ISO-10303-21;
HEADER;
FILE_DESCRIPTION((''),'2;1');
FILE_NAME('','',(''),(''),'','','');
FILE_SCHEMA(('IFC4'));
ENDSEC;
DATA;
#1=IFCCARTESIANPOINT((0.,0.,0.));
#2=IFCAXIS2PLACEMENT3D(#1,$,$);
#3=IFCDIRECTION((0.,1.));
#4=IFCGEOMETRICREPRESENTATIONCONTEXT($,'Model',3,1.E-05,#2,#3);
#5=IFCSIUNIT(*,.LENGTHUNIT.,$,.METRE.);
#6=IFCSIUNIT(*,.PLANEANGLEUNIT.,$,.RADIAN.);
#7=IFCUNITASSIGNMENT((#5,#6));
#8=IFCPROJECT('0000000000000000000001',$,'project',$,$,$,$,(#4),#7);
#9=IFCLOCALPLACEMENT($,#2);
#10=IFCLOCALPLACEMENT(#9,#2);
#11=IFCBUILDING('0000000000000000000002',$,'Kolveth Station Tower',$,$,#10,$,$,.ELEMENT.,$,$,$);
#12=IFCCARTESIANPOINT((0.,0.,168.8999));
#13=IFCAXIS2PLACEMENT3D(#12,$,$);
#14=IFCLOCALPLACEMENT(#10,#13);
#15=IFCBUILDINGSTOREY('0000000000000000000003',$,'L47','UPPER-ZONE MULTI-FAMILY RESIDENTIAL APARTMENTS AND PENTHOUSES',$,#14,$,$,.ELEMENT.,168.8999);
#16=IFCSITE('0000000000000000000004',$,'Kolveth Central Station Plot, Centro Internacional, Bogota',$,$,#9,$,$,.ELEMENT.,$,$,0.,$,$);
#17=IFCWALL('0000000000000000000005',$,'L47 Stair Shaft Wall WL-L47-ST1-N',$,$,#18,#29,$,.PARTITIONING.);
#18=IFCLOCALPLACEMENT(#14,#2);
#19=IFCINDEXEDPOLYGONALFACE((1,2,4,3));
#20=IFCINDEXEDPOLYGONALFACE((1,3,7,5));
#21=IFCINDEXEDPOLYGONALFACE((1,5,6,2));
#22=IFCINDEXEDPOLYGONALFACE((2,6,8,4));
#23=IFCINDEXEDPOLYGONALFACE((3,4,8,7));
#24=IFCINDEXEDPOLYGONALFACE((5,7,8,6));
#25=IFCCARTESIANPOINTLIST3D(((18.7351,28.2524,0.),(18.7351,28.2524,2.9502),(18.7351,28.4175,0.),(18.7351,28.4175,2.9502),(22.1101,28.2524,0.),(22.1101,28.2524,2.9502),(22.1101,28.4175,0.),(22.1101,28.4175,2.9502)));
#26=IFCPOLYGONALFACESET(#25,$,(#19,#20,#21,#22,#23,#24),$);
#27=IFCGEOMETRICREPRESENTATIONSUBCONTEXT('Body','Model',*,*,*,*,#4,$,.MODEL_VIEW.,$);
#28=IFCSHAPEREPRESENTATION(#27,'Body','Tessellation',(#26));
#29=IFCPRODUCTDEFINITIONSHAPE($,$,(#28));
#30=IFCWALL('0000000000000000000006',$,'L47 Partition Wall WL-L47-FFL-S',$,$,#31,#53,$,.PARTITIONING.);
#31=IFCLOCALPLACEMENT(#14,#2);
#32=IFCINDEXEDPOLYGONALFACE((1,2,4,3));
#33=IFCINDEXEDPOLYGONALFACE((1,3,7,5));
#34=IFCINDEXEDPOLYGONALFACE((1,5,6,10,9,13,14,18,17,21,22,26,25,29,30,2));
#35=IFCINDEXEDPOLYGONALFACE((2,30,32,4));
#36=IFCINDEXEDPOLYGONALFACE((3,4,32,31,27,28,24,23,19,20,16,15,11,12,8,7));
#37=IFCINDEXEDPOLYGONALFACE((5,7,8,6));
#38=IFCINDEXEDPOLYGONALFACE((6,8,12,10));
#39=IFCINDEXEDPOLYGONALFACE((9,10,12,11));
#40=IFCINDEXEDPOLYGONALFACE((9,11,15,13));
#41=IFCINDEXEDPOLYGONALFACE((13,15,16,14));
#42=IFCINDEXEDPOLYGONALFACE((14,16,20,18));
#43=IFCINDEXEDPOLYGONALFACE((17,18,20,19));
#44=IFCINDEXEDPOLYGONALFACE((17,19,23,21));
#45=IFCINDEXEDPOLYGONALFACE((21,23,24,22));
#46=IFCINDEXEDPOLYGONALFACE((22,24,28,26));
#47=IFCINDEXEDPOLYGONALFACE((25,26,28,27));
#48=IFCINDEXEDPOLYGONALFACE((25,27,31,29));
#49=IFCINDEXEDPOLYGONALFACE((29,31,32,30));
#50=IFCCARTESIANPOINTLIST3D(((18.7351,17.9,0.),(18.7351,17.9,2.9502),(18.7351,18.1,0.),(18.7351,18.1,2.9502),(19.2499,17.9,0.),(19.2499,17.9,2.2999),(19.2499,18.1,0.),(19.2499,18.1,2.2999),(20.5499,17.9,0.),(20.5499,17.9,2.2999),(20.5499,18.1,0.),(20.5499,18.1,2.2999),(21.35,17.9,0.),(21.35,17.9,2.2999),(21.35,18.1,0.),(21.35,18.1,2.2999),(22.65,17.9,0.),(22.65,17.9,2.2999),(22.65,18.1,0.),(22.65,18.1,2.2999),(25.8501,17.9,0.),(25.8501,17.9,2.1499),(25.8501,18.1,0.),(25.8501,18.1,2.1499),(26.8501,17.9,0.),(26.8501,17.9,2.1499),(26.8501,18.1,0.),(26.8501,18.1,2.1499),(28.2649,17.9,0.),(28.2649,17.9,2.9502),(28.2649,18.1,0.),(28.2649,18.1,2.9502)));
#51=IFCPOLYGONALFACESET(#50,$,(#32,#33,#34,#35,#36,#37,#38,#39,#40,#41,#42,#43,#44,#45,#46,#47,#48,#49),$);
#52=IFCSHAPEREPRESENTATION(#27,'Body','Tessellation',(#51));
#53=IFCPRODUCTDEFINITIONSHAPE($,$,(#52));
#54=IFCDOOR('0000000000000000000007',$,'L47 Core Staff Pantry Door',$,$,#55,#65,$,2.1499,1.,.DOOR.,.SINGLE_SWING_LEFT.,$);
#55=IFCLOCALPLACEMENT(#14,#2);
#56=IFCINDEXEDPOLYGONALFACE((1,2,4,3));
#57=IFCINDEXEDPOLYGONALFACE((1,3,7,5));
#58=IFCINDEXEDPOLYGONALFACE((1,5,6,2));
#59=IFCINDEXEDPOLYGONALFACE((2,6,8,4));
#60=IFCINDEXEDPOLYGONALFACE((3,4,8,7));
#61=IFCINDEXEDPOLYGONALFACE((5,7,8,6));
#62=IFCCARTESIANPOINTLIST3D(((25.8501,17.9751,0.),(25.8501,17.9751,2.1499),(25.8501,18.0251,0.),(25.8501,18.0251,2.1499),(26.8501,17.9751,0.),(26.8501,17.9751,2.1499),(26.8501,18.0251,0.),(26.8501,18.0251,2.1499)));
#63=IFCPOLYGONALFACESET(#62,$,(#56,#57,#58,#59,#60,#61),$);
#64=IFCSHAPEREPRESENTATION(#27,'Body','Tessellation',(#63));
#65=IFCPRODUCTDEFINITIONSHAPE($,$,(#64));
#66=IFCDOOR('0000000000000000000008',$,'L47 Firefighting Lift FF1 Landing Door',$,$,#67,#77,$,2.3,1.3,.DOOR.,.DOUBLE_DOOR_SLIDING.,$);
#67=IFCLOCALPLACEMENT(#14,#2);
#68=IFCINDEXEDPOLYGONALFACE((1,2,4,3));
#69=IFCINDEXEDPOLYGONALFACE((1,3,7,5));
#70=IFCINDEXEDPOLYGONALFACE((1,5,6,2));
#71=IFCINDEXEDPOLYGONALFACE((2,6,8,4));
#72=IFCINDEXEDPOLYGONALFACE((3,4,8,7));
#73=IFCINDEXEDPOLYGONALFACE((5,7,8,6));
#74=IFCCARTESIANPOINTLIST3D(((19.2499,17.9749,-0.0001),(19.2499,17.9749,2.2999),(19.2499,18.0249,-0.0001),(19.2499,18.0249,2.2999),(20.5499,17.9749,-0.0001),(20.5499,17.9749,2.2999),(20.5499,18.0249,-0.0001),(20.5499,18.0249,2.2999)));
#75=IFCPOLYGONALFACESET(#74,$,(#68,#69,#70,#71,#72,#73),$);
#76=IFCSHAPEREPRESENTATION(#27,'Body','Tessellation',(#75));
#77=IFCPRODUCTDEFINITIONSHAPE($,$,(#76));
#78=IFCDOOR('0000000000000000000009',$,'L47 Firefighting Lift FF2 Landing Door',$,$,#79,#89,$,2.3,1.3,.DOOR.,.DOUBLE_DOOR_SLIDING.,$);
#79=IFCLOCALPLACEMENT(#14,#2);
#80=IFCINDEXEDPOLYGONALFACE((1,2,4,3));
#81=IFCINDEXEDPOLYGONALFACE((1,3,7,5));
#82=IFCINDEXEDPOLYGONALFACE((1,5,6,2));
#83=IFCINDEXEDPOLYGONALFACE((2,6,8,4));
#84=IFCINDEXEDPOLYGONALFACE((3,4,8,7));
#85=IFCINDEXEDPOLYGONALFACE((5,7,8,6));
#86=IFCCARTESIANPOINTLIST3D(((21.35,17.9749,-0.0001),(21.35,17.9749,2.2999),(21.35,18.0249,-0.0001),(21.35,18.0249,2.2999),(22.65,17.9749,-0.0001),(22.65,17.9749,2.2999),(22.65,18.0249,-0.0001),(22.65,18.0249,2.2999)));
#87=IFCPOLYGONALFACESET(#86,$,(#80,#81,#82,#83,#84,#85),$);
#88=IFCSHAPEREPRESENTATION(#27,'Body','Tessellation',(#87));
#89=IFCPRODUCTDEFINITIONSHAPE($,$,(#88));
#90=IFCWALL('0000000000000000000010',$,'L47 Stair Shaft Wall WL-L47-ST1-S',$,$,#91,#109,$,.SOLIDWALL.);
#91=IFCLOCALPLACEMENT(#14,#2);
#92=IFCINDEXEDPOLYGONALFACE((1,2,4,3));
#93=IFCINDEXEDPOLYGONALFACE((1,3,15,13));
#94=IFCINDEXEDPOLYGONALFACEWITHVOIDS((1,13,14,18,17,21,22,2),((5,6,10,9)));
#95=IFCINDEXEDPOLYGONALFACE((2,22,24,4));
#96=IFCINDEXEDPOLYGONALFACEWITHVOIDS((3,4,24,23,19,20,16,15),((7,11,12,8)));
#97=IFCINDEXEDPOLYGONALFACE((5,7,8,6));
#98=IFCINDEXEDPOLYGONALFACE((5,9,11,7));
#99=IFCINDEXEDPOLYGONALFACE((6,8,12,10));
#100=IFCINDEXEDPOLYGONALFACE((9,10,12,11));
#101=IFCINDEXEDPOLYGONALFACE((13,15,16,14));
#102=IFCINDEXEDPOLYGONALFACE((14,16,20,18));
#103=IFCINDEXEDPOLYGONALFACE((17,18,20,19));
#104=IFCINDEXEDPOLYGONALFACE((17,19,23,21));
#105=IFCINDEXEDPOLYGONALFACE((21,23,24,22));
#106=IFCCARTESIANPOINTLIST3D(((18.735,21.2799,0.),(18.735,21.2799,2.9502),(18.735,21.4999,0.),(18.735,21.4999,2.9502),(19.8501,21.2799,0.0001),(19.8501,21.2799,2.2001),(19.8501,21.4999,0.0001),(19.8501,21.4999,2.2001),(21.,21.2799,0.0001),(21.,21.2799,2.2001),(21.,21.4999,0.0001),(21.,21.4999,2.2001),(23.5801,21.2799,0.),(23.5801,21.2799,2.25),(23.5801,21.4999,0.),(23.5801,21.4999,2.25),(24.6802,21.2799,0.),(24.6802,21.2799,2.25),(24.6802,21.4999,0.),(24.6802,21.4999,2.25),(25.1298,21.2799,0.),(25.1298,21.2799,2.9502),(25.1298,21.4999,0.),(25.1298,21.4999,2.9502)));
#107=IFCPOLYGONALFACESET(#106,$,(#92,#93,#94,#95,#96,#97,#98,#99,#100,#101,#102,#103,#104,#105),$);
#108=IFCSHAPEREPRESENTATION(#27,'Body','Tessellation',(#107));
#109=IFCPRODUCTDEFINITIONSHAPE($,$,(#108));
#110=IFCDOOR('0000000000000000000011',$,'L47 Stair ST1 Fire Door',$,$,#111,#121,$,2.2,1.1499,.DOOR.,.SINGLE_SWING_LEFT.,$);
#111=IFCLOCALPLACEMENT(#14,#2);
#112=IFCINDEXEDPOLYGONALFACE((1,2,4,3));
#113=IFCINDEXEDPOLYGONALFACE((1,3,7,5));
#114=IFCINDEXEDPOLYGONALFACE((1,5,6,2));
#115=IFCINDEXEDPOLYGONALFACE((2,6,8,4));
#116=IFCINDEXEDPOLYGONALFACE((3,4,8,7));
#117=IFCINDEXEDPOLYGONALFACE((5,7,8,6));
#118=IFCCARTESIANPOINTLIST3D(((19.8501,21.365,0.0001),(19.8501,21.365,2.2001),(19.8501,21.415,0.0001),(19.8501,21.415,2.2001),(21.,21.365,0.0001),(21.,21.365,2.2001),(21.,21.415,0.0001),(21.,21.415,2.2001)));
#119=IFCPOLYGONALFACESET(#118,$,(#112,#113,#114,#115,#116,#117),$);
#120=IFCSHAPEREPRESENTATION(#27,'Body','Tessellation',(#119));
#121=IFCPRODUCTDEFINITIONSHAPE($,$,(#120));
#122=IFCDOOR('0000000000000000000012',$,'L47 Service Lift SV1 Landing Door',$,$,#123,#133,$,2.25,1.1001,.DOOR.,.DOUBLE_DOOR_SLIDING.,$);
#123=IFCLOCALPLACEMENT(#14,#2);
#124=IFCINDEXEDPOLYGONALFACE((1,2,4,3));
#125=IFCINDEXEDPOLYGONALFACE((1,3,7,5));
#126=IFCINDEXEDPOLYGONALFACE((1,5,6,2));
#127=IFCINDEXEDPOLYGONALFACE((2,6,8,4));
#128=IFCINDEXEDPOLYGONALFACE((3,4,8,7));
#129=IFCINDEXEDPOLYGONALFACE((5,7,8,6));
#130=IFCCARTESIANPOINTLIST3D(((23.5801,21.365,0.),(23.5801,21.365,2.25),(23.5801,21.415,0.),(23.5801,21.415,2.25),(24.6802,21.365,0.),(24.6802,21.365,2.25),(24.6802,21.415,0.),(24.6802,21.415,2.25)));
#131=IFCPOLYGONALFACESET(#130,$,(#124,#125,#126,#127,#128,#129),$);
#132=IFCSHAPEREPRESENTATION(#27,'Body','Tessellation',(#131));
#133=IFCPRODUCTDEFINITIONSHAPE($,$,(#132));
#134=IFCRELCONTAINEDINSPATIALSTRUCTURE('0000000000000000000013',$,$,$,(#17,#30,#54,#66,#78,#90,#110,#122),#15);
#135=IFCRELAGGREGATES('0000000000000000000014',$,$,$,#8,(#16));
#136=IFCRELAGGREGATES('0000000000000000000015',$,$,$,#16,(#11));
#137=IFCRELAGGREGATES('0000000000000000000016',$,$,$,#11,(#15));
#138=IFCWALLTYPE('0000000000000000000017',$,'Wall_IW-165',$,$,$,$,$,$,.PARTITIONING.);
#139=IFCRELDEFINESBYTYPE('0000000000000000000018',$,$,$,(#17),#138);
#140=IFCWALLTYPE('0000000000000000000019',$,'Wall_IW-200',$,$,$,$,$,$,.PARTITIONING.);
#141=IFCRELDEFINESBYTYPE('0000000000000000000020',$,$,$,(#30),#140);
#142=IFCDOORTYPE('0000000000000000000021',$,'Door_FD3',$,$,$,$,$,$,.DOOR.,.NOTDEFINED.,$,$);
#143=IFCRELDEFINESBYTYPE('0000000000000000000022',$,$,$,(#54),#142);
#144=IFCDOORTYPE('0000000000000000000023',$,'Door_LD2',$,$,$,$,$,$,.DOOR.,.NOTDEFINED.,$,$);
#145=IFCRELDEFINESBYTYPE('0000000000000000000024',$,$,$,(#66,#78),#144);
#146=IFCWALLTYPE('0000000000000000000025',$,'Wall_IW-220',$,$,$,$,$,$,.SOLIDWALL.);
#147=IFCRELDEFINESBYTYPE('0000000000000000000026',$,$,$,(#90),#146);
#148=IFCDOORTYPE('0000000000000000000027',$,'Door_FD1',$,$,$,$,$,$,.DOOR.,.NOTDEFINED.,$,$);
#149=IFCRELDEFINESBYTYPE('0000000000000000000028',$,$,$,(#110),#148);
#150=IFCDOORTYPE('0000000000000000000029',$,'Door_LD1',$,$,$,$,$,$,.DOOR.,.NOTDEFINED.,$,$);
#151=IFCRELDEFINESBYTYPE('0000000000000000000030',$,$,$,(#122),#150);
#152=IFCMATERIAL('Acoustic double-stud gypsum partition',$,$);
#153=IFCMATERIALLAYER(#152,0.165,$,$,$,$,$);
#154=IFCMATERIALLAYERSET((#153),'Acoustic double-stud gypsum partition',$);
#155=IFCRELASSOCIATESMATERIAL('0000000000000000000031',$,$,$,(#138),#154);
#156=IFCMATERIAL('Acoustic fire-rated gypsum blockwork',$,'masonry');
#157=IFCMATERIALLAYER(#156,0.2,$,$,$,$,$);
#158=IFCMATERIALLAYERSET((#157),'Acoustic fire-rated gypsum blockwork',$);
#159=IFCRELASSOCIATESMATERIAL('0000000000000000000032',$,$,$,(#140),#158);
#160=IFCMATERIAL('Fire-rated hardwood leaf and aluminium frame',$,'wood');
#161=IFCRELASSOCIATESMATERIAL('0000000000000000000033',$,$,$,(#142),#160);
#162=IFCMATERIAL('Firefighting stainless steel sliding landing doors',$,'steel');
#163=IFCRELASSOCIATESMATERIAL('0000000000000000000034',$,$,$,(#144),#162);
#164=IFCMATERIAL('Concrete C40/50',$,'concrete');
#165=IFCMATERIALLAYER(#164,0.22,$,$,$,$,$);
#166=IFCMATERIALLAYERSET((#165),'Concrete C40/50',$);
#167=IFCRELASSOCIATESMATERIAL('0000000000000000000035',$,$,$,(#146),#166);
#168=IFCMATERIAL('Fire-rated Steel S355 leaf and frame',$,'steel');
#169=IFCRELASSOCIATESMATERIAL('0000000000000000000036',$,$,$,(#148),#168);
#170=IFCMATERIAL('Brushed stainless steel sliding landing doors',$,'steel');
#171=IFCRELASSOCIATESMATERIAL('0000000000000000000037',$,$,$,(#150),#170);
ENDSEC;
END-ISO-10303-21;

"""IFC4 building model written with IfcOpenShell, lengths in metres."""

from ifc_helpers import new_model, si_unit, direction, frame, frame_2d, origin, place, context, subcontext, project, spatial, rectangle, extrude, material, layer, layer_set, type_object, element, fill, save


model = new_model("IFC4")

# Units and contexts
model_context = context("Model", 3, precision=1e-05, world=origin(), true_north=direction((0.0, 1.0)))
body_context = subcontext(model_context, "Body", "Model", "MODEL_VIEW")
ifc_project = project(units=[si_unit("LENGTHUNIT", "METRE"), si_unit("PLANEANGLEUNIT", "RADIAN")], contexts=[model_context])

# Site, building, storey
site_placement = place(None, origin())
site = spatial("IfcSite", under=ifc_project, at=site_placement, Name="Kolveth Central Station Plot, Centro Internacional, Bogota", CompositionType="ELEMENT", RefElevation=0.0)
building_placement = place(site_placement, origin())
building = spatial("IfcBuilding", under=site, at=building_placement, Name="Kolveth Station Tower", CompositionType="ELEMENT")
storey_placement = place(building_placement, frame((0.0, 0.0, 168.8999)))
storey = spatial("IfcBuildingStorey", under=building, at=storey_placement, Name="L47", Description="UPPER-ZONE MULTI-FAMILY RESIDENTIAL APARTMENTS AND PENTHOUSES", CompositionType="ELEMENT", Elevation=168.8999)

# Wall
ifc_material_1 = material(Name="Acoustic double-stud gypsum partition")
ifc_layer_1 = layer(ifc_material_1, 0.165)
ifc_layer_set_1 = layer_set([ifc_layer_1], Name="Acoustic double-stud gypsum partition")
wall_type_1 = type_object("IfcWallType", Name="Wall_IW-165", PredefinedType="PARTITIONING", material=ifc_layer_set_1)
wall_1_placement = place(storey_placement, frame((18.7351, 28.335, 0.0), z_axis=(0.0, 0.0, 1.0), x_axis=(1.0, 0.0, 0.0)))
element("IfcWall", 1, at=wall_1_placement, inside=storey, type_object=wall_type_1, Name="L47 Stair Shaft Wall WL-L47-ST1-N", PredefinedType="PARTITIONING", context=body_context, shape_type="SweptSolid", body=[
    extrude(rectangle(XDim=3.375, YDim=0.165, at=frame_2d((1.6875, 0.0))), origin(), (0.0, 0.0, 1.0), 2.9502),
])

# Walls, openings, doors
ifc_material_2 = material(Name="Acoustic fire-rated gypsum blockwork", Category="masonry")
ifc_layer_2 = layer(ifc_material_2, 0.2)
ifc_layer_set_2 = layer_set([ifc_layer_2], Name="Acoustic fire-rated gypsum blockwork")
wall_type_2 = type_object("IfcWallType", Name="Wall_IW-200", PredefinedType="PARTITIONING", material=ifc_layer_set_2)
wall_2_placement = place(storey_placement, frame((18.7351, 18.0, 0.0), z_axis=(0.0, 0.0, 1.0), x_axis=(1.0, 0.0, 0.0)))
wall_2 = element("IfcWall", 2, at=wall_2_placement, inside=storey, type_object=wall_type_2, Name="L47 Partition Wall WL-L47-FFL-S", PredefinedType="PARTITIONING", context=body_context, shape_type="SweptSolid", body=[
    extrude(rectangle(XDim=9.5298, YDim=0.2, at=frame_2d((4.7649, 0.0))), origin(), (0.0, 0.0, 1.0), 2.9502),
])
opening_1_placement = place(wall_2_placement, frame((0.5149, 0.0, 0.0)))
opening_1 = element("IfcOpeningElement", 3, at=opening_1_placement, cuts=wall_2, PredefinedType="OPENING", context=body_context, shape_type="SweptSolid", body=[
    extrude(rectangle(XDim=1.3, YDim=2.3, at=frame_2d((0.6499, 1.1499))), frame((0.0, 0.1099, 0.0), z_axis=(0.0, -1.0, 0.0), x_axis=(1.0, 0.0, 0.0)), (0.0, 0.0, 1.0), 0.22),
])
opening_2_placement = place(wall_2_placement, frame((2.615, 0.0, 0.0)))
opening_2 = element("IfcOpeningElement", 4, at=opening_2_placement, cuts=wall_2, PredefinedType="OPENING", context=body_context, shape_type="SweptSolid", body=[
    extrude(rectangle(XDim=1.3, YDim=2.3, at=frame_2d((0.6499, 1.1499))), frame((0.0, 0.1099, 0.0), z_axis=(0.0, -1.0, 0.0), x_axis=(1.0, 0.0, 0.0)), (0.0, 0.0, 1.0), 0.22),
])
opening_3_placement = place(wall_2_placement, frame((7.115, 0.0, 0.0)))
opening_3 = element("IfcOpeningElement", 5, at=opening_3_placement, cuts=wall_2, PredefinedType="OPENING", context=body_context, shape_type="SweptSolid", body=[
    extrude(rectangle(XDim=1.0, YDim=2.1499, at=frame_2d((0.5, 1.075))), frame((0.0, 0.1099, 0.0), z_axis=(0.0, -1.0, 0.0), x_axis=(1.0, 0.0, 0.0)), (0.0, 0.0, 1.0), 0.22),
])
ifc_material_3 = material(Name="Fire-rated hardwood leaf and aluminium frame", Category="wood")
door_type_1 = type_object("IfcDoorType", Name="Door_FD3", OperationType="NOTDEFINED", PredefinedType="DOOR", material=ifc_material_3)
door_1_placement = place(opening_3_placement, frame((1.0, 0.0, 0.0), z_axis=(0.0, 0.0, 1.0), x_axis=(-1.0, 0.0, 0.0)))
door_1 = element("IfcDoor", 6, at=door_1_placement, inside=storey, type_object=door_type_1, Name="L47 Core Staff Pantry Door", OperationType="SINGLE_SWING_LEFT", OverallHeight=2.1499, OverallWidth=1.0, PredefinedType="DOOR", context=body_context, shape_type="SweptSolid", body=[
    extrude(rectangle(XDim=1.0, YDim=2.1499, at=frame_2d((0.5, 1.075))), frame((0.0, 0.0249, 0.0), z_axis=(0.0, -1.0, 0.0), x_axis=(1.0, 0.0, 0.0)), (0.0, 0.0, 1.0), 0.05),
])
fill(opening_3, door_1)
ifc_material_4 = material(Name="Firefighting stainless steel sliding landing doors", Category="steel")
door_type_2 = type_object("IfcDoorType", Name="Door_LD2", OperationType="NOTDEFINED", PredefinedType="DOOR", material=ifc_material_4)
door_2_placement = place(opening_1_placement, origin())
door_2 = element("IfcDoor", 7, at=door_2_placement, inside=storey, type_object=door_type_2, Name="L47 Firefighting Lift FF1 Landing Door", OperationType="DOUBLE_DOOR_SLIDING", OverallHeight=2.3, OverallWidth=1.3, PredefinedType="DOOR", context=body_context, shape_type="SweptSolid", body=[
    extrude(rectangle(XDim=1.3, YDim=2.3, at=frame_2d((0.6499, 1.1499))), frame((0.0, 0.0249, 0.0), z_axis=(0.0, -1.0, 0.0), x_axis=(1.0, 0.0, 0.0)), (0.0, 0.0, 1.0), 0.05),
])
fill(opening_1, door_2)
door_3_placement = place(opening_2_placement, origin())
door_3 = element("IfcDoor", 8, at=door_3_placement, inside=storey, type_object=door_type_2, Name="L47 Firefighting Lift FF2 Landing Door", OperationType="DOUBLE_DOOR_SLIDING", OverallHeight=2.3, OverallWidth=1.3, PredefinedType="DOOR", context=body_context, shape_type="SweptSolid", body=[
    extrude(rectangle(XDim=1.3, YDim=2.3, at=frame_2d((0.6499, 1.1499))), frame((0.0, 0.0249, 0.0), z_axis=(0.0, -1.0, 0.0), x_axis=(1.0, 0.0, 0.0)), (0.0, 0.0, 1.0), 0.05),
])
fill(opening_2, door_3)
ifc_material_5 = material(Name="Concrete C40/50", Category="concrete")
ifc_layer_3 = layer(ifc_material_5, 0.22)
ifc_layer_set_3 = layer_set([ifc_layer_3], Name="Concrete C40/50")
wall_type_3 = type_object("IfcWallType", Name="Wall_IW-220", PredefinedType="SOLIDWALL", material=ifc_layer_set_3)
wall_3_placement = place(storey_placement, frame((18.7351, 21.3899, 0.0), z_axis=(0.0, 0.0, 1.0), x_axis=(1.0, 0.0, 0.0)))
wall_3 = element("IfcWall", 9, at=wall_3_placement, inside=storey, type_object=wall_type_3, Name="L47 Stair Shaft Wall WL-L47-ST1-S", PredefinedType="SOLIDWALL", context=body_context, shape_type="SweptSolid", body=[
    extrude(rectangle(XDim=6.3948, YDim=0.22, at=frame_2d((3.1973, 0.0))), origin(), (0.0, 0.0, 1.0), 2.9502),
])
opening_4_placement = place(wall_3_placement, frame((1.115, 0.0, 0.0)))
opening_4 = element("IfcOpeningElement", 10, at=opening_4_placement, cuts=wall_3, PredefinedType="OPENING", context=body_context, shape_type="SweptSolid", body=[
    extrude(rectangle(XDim=1.1499, YDim=2.2, at=frame_2d((0.575, 1.1001))), frame((0.0, 0.1199, 0.0), z_axis=(0.0, -1.0, 0.0), x_axis=(1.0, 0.0, 0.0)), (0.0, 0.0, 1.0), 0.24),
])
opening_5_placement = place(wall_3_placement, frame((4.845, 0.0, 0.0)))
opening_5 = element("IfcOpeningElement", 11, at=opening_5_placement, cuts=wall_3, PredefinedType="OPENING", context=body_context, shape_type="SweptSolid", body=[
    extrude(rectangle(XDim=1.1001, YDim=2.25, at=frame_2d((0.55, 1.125))), frame((0.0, 0.1199, 0.0), z_axis=(0.0, -1.0, 0.0), x_axis=(1.0, 0.0, 0.0)), (0.0, 0.0, 1.0), 0.24),
])
ifc_material_6 = material(Name="Fire-rated Steel S355 leaf and frame", Category="steel")
door_type_3 = type_object("IfcDoorType", Name="Door_FD1", OperationType="NOTDEFINED", PredefinedType="DOOR", material=ifc_material_6)
door_4_placement = place(opening_4_placement, frame((1.1499, 0.0, 0.0), z_axis=(0.0, 0.0, 1.0), x_axis=(-1.0, 0.0, 0.0)))
door_4 = element("IfcDoor", 12, at=door_4_placement, inside=storey, type_object=door_type_3, Name="L47 Stair ST1 Fire Door", OperationType="SINGLE_SWING_LEFT", OverallHeight=2.2, OverallWidth=1.1499, PredefinedType="DOOR", context=body_context, shape_type="SweptSolid", body=[
    extrude(rectangle(XDim=1.1499, YDim=2.2, at=frame_2d((0.575, 1.1001))), frame((0.0, 0.0249, 0.0), z_axis=(0.0, -1.0, 0.0), x_axis=(1.0, 0.0, 0.0)), (0.0, 0.0, 1.0), 0.05),
])
fill(opening_4, door_4)
ifc_material_7 = material(Name="Brushed stainless steel sliding landing doors", Category="steel")
door_type_4 = type_object("IfcDoorType", Name="Door_LD1", OperationType="NOTDEFINED", PredefinedType="DOOR", material=ifc_material_7)
door_5_placement = place(opening_5_placement, frame((1.1001, 0.0, 0.0), z_axis=(0.0, 0.0, 1.0), x_axis=(-1.0, 0.0, 0.0)))
door_5 = element("IfcDoor", 13, at=door_5_placement, inside=storey, type_object=door_type_4, Name="L47 Service Lift SV1 Landing Door", OperationType="DOUBLE_DOOR_SLIDING", OverallHeight=2.25, OverallWidth=1.1001, PredefinedType="DOOR", context=body_context, shape_type="SweptSolid", body=[
    extrude(rectangle(XDim=1.1001, YDim=2.25, at=frame_2d((0.55, 1.125))), frame((0.0, 0.0249, 0.0), z_axis=(0.0, -1.0, 0.0), x_axis=(1.0, 0.0, 0.0)), (0.0, 0.0, 1.0), 0.05),
])
fill(opening_5, door_5)

save(model, "model.ifc")
